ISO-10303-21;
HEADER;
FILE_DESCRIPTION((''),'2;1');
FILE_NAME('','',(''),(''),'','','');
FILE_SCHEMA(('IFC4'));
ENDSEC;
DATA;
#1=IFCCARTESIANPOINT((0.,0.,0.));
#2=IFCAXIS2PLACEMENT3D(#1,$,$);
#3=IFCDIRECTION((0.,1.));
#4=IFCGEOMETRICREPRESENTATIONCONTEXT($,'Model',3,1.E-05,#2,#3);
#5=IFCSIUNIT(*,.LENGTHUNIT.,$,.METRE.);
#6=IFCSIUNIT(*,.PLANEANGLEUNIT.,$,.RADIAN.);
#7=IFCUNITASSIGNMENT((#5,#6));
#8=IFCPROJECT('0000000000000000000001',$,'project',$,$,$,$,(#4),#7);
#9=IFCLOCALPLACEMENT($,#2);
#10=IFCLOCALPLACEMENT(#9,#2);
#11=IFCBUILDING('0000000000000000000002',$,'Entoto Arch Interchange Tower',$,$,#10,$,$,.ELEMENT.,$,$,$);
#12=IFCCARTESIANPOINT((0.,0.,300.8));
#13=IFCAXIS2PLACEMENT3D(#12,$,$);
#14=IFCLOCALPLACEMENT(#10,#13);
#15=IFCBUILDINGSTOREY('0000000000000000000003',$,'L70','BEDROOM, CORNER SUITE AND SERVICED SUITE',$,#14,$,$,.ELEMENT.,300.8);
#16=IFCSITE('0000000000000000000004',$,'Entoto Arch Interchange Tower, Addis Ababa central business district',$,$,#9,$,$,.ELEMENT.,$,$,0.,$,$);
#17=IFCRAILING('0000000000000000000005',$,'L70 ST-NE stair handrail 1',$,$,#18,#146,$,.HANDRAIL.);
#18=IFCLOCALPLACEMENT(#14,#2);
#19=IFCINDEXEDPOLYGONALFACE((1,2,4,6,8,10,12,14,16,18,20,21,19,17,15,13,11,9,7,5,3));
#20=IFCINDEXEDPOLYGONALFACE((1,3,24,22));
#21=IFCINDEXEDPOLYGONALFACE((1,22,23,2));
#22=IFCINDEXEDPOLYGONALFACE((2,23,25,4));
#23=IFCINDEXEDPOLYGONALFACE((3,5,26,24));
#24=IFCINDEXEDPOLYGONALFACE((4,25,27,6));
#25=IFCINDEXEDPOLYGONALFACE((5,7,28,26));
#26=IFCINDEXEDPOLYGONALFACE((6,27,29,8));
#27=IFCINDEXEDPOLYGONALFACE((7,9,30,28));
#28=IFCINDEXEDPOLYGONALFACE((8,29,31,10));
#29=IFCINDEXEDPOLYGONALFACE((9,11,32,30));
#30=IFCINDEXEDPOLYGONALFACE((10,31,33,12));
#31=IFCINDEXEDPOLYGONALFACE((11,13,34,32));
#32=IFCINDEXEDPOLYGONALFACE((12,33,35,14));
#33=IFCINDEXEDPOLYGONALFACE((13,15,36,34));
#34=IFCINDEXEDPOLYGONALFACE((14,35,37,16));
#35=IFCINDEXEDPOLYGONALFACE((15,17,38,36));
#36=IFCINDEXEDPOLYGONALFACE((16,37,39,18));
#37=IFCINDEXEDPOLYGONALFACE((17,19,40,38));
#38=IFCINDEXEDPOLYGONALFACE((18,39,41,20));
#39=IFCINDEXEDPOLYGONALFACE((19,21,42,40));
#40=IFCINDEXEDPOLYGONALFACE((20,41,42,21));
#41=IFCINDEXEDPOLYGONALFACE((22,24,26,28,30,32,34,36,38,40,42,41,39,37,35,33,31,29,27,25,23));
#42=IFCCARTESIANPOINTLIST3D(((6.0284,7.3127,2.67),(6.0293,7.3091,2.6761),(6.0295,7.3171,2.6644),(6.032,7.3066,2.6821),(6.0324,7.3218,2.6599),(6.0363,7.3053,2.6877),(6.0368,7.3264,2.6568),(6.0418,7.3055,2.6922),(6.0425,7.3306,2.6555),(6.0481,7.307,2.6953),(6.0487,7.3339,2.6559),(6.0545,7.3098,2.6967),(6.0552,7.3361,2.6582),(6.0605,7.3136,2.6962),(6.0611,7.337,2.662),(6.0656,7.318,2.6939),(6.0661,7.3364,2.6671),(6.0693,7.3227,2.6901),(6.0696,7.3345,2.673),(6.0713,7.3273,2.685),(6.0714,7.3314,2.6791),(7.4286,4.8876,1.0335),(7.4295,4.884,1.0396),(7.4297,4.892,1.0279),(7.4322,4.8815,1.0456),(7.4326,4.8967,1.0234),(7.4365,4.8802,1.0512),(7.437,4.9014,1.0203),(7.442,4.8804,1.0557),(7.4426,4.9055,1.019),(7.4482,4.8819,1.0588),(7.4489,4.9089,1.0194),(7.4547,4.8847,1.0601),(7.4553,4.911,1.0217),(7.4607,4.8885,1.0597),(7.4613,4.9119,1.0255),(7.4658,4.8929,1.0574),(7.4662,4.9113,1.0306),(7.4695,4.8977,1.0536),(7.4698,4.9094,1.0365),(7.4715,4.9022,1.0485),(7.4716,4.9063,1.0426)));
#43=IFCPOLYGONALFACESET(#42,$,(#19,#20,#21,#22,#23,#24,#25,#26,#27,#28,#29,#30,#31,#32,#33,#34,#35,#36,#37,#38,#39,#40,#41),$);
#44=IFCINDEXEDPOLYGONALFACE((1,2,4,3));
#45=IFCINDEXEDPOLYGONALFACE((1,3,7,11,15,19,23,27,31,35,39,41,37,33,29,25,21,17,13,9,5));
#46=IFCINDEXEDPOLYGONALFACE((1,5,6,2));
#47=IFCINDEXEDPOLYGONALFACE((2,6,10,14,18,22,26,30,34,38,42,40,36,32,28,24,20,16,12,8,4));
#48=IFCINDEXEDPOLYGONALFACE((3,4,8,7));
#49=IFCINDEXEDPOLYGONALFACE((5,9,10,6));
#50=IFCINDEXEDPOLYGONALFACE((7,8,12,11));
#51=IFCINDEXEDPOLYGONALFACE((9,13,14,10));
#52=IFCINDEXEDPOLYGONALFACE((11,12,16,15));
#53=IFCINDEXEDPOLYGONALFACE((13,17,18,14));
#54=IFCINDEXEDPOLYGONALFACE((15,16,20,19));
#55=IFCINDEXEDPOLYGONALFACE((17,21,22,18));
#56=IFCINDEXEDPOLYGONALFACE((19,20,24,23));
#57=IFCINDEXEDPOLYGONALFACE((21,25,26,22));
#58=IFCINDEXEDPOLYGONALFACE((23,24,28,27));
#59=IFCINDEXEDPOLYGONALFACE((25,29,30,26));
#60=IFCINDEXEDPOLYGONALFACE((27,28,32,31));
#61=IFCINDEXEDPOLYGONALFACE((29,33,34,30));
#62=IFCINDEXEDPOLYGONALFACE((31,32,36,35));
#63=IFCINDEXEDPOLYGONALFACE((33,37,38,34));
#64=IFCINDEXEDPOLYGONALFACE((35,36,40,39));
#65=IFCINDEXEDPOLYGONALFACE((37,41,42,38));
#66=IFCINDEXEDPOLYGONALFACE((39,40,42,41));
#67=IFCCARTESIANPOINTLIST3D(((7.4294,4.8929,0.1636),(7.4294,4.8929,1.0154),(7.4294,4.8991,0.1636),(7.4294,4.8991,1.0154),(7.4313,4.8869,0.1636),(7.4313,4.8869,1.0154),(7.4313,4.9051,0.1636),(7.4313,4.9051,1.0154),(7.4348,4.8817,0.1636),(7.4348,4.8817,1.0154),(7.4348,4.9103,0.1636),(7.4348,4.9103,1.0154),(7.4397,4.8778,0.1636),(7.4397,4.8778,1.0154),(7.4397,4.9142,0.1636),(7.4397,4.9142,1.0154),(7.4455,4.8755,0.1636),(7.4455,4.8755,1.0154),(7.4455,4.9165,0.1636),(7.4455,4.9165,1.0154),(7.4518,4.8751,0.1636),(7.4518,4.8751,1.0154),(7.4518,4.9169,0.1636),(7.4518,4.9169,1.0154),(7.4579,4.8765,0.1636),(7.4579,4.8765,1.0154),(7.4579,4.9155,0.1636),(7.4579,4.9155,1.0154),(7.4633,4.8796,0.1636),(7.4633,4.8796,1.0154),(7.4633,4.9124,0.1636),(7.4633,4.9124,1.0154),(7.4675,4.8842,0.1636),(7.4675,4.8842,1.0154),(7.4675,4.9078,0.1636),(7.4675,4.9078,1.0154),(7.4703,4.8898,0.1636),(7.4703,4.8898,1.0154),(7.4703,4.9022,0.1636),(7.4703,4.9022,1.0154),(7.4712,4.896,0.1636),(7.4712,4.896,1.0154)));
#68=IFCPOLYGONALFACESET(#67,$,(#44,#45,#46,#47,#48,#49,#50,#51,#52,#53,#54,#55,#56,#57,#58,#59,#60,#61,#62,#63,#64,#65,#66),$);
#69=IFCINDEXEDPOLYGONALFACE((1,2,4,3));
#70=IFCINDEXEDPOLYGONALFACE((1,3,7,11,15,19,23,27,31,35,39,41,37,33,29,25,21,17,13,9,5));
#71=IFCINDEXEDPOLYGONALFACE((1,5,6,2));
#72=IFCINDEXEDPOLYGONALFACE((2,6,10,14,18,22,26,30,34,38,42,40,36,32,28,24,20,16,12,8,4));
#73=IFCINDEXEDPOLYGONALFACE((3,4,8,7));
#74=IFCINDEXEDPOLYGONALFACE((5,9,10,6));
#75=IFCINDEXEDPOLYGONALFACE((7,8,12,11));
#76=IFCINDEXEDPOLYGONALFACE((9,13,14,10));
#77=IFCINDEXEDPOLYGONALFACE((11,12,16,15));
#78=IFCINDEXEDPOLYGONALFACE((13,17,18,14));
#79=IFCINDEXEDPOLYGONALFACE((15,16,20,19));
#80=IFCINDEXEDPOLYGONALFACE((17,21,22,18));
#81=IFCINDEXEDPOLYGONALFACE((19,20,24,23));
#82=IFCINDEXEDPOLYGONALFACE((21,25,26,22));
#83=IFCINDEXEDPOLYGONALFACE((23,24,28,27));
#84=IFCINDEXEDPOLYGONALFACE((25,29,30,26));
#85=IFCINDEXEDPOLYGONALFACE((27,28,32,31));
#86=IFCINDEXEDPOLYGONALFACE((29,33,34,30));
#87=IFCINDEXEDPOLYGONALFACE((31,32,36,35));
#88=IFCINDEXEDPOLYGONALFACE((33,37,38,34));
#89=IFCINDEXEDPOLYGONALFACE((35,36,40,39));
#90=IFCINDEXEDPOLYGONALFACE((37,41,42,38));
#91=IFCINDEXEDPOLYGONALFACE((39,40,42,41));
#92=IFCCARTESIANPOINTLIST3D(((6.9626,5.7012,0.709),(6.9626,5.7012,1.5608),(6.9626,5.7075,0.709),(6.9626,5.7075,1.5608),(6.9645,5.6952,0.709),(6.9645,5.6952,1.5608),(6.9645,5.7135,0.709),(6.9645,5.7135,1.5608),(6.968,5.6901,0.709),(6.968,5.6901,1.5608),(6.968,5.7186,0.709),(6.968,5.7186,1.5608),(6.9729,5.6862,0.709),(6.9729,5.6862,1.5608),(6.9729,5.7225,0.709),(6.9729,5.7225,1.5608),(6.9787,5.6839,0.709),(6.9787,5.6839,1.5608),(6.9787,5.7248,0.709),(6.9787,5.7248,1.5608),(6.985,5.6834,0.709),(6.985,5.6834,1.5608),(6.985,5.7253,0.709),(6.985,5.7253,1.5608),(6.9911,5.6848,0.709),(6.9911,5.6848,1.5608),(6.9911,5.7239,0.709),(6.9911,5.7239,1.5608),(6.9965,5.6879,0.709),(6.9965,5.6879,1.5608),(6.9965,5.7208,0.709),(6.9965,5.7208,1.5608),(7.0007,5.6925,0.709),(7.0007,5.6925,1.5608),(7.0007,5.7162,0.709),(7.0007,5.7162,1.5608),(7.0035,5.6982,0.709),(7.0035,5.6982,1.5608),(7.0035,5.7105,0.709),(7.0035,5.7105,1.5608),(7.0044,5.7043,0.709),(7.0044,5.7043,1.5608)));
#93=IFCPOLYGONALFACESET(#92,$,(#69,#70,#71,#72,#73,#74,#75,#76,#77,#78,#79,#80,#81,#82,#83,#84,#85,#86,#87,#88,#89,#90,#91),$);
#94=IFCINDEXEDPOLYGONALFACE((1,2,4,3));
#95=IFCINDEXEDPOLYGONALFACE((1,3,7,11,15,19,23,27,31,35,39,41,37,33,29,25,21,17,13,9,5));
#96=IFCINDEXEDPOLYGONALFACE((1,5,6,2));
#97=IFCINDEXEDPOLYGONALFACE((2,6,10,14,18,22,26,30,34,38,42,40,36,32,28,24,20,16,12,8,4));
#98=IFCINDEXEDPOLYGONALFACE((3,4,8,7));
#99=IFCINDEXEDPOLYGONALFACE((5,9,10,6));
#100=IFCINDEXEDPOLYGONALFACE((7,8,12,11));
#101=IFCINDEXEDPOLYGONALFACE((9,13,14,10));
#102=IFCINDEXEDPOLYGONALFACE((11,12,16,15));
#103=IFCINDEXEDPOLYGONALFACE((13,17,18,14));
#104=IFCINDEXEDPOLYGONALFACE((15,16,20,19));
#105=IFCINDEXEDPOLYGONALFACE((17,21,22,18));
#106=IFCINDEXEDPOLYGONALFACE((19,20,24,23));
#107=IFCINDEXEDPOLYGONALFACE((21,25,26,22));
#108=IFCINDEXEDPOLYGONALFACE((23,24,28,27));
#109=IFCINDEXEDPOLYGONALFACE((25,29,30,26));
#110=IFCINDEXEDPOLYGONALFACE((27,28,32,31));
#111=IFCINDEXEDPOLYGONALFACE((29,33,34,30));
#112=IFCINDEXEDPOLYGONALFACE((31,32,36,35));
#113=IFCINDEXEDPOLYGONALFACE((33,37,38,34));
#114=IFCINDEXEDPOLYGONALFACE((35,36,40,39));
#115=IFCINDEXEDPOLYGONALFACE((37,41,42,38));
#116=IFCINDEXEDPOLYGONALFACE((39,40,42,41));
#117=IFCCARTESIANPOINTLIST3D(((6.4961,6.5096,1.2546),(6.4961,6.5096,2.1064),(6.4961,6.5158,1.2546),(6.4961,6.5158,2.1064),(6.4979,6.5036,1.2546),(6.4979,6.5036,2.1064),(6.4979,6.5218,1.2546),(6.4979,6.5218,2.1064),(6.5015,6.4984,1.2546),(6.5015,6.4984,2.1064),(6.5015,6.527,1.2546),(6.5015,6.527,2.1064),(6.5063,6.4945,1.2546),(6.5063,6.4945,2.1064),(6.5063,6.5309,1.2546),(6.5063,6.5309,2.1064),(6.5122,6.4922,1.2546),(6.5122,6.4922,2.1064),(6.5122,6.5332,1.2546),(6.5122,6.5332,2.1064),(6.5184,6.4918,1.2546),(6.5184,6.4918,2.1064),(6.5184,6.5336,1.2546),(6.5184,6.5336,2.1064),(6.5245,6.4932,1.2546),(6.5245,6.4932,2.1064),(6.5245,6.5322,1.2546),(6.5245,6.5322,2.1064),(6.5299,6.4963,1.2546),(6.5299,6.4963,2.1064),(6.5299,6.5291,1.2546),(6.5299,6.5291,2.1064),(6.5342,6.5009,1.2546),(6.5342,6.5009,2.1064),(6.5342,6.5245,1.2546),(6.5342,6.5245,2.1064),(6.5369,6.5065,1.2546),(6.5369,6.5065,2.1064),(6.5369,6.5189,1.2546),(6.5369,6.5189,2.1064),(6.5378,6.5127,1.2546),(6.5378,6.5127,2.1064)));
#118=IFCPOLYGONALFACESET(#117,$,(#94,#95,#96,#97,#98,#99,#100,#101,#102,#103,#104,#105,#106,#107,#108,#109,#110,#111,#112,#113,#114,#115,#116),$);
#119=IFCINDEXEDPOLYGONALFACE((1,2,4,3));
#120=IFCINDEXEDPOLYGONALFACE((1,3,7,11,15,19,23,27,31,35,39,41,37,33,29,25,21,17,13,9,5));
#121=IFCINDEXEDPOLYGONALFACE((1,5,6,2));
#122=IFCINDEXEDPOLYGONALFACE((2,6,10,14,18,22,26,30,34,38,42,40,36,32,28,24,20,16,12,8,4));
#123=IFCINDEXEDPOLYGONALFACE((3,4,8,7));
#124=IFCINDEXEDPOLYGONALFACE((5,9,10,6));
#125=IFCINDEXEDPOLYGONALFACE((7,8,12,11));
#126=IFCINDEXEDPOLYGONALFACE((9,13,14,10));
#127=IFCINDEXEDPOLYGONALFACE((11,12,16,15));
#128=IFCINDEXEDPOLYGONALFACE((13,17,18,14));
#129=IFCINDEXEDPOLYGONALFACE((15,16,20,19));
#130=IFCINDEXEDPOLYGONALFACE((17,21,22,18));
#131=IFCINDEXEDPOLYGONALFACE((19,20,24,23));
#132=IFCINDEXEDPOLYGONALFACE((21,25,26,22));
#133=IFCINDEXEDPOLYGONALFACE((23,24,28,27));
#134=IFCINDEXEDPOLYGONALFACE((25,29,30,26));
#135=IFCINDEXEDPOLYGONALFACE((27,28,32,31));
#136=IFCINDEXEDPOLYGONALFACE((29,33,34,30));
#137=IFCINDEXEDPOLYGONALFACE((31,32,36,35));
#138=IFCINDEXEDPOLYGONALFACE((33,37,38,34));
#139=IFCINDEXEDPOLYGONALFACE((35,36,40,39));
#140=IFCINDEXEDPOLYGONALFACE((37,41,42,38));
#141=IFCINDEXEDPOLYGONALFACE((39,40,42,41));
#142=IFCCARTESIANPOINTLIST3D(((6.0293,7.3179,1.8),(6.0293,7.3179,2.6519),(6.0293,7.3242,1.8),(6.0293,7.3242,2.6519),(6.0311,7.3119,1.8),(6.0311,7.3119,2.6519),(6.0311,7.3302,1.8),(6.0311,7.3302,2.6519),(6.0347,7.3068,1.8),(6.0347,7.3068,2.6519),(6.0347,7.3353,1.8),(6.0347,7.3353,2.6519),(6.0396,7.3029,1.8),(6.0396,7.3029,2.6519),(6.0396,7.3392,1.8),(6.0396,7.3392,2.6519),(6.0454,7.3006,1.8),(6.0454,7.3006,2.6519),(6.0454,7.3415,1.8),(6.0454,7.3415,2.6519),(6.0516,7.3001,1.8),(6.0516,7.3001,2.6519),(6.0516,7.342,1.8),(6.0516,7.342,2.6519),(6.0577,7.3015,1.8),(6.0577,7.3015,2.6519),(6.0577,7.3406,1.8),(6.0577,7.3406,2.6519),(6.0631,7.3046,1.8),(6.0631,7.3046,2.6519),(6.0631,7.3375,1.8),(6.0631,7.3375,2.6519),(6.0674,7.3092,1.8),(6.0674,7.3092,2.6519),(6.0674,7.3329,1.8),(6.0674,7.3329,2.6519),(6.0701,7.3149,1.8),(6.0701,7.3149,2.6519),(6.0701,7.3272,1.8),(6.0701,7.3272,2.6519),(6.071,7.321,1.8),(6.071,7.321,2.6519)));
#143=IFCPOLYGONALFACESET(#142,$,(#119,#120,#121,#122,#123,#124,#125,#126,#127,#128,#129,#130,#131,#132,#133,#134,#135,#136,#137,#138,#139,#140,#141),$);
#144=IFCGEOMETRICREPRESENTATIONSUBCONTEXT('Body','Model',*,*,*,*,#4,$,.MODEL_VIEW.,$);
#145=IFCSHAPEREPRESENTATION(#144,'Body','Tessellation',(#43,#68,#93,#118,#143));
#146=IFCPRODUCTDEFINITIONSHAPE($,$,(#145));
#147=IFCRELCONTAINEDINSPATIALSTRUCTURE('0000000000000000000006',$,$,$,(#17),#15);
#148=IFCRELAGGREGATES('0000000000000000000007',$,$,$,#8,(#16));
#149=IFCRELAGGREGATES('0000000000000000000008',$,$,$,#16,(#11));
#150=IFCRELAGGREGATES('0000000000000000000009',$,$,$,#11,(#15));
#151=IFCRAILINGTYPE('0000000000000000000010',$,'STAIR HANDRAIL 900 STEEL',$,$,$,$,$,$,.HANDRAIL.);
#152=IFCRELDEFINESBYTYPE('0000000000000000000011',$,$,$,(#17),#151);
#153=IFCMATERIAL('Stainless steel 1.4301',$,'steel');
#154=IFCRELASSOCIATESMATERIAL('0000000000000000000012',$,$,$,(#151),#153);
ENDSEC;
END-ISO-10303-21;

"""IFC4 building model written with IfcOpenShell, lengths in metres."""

from ifc_helpers import new_model, si_unit, direction, frame, origin, origin_2d, place, context, subcontext, project, spatial, circle, extrude, material, type_object, element, save


model = new_model("IFC4")

# Units and contexts
model_context = context("Model", 3, precision=1e-05, world=origin(), true_north=direction((0.0, 1.0)))
body_context = subcontext(model_context, "Body", "Model", "MODEL_VIEW")
ifc_project = project(units=[si_unit("LENGTHUNIT", "METRE"), si_unit("PLANEANGLEUNIT", "RADIAN")], contexts=[model_context])

# Site, building, storey
site_placement = place(None, origin())
site = spatial("IfcSite", under=ifc_project, at=site_placement, Name="Entoto Arch Interchange Tower, Addis Ababa central business district", CompositionType="ELEMENT", RefElevation=0.0)
building_placement = place(site_placement, origin())
building = spatial("IfcBuilding", under=site, at=building_placement, Name="Entoto Arch Interchange Tower", CompositionType="ELEMENT")
storey_placement = place(building_placement, frame((0.0, 0.0, 300.8)))
storey = spatial("IfcBuildingStorey", under=building, at=storey_placement, Name="L70", Description="BEDROOM, CORNER SUITE AND SERVICED SUITE", CompositionType="ELEMENT", Elevation=300.8)

# Railing
ifc_material_1 = material(Name="Stainless steel 1.4301", Category="steel")
railing_type_1 = type_object("IfcRailingType", Name="STAIR HANDRAIL 900 STEEL", PredefinedType="HANDRAIL", material=ifc_material_1)
railing_1_placement = place(storey_placement, frame((7.4502, 4.896, 0.1636)))
element("IfcRailing", 1, at=railing_1_placement, inside=storey, type_object=railing_type_1, Name="L70 ST-NE stair handrail 1", PredefinedType="HANDRAIL", context=body_context, shape_type="SweptSolid", body=[
    extrude(circle(Radius=0.0239, at=origin_2d()), frame((0.0, 0.0, 0.876), z_axis=(-0.431698, 0.747699, 0.504563), x_axis=(-0.866019, -0.500012, 0.0)), (0.0, 0.0, 1.0), 3.2434),
    extrude(circle(Radius=0.021, at=origin_2d()), origin(), (0.0, 0.0, 1.0), 0.8518),
    extrude(circle(Radius=0.021, at=origin_2d()), frame((-0.4668, 0.8083, 0.5454)), (0.0, 0.0, 1.0), 0.8518),
    extrude(circle(Radius=0.021, at=origin_2d()), frame((-0.9333, 1.6167, 1.0911)), (0.0, 0.0, 1.0), 0.8518),
    extrude(circle(Radius=0.021, at=origin_2d()), frame((-1.4001, 2.425, 1.6365)), (0.0, 0.0, 1.0), 0.8518),
])

save(model, "model.ifc")
